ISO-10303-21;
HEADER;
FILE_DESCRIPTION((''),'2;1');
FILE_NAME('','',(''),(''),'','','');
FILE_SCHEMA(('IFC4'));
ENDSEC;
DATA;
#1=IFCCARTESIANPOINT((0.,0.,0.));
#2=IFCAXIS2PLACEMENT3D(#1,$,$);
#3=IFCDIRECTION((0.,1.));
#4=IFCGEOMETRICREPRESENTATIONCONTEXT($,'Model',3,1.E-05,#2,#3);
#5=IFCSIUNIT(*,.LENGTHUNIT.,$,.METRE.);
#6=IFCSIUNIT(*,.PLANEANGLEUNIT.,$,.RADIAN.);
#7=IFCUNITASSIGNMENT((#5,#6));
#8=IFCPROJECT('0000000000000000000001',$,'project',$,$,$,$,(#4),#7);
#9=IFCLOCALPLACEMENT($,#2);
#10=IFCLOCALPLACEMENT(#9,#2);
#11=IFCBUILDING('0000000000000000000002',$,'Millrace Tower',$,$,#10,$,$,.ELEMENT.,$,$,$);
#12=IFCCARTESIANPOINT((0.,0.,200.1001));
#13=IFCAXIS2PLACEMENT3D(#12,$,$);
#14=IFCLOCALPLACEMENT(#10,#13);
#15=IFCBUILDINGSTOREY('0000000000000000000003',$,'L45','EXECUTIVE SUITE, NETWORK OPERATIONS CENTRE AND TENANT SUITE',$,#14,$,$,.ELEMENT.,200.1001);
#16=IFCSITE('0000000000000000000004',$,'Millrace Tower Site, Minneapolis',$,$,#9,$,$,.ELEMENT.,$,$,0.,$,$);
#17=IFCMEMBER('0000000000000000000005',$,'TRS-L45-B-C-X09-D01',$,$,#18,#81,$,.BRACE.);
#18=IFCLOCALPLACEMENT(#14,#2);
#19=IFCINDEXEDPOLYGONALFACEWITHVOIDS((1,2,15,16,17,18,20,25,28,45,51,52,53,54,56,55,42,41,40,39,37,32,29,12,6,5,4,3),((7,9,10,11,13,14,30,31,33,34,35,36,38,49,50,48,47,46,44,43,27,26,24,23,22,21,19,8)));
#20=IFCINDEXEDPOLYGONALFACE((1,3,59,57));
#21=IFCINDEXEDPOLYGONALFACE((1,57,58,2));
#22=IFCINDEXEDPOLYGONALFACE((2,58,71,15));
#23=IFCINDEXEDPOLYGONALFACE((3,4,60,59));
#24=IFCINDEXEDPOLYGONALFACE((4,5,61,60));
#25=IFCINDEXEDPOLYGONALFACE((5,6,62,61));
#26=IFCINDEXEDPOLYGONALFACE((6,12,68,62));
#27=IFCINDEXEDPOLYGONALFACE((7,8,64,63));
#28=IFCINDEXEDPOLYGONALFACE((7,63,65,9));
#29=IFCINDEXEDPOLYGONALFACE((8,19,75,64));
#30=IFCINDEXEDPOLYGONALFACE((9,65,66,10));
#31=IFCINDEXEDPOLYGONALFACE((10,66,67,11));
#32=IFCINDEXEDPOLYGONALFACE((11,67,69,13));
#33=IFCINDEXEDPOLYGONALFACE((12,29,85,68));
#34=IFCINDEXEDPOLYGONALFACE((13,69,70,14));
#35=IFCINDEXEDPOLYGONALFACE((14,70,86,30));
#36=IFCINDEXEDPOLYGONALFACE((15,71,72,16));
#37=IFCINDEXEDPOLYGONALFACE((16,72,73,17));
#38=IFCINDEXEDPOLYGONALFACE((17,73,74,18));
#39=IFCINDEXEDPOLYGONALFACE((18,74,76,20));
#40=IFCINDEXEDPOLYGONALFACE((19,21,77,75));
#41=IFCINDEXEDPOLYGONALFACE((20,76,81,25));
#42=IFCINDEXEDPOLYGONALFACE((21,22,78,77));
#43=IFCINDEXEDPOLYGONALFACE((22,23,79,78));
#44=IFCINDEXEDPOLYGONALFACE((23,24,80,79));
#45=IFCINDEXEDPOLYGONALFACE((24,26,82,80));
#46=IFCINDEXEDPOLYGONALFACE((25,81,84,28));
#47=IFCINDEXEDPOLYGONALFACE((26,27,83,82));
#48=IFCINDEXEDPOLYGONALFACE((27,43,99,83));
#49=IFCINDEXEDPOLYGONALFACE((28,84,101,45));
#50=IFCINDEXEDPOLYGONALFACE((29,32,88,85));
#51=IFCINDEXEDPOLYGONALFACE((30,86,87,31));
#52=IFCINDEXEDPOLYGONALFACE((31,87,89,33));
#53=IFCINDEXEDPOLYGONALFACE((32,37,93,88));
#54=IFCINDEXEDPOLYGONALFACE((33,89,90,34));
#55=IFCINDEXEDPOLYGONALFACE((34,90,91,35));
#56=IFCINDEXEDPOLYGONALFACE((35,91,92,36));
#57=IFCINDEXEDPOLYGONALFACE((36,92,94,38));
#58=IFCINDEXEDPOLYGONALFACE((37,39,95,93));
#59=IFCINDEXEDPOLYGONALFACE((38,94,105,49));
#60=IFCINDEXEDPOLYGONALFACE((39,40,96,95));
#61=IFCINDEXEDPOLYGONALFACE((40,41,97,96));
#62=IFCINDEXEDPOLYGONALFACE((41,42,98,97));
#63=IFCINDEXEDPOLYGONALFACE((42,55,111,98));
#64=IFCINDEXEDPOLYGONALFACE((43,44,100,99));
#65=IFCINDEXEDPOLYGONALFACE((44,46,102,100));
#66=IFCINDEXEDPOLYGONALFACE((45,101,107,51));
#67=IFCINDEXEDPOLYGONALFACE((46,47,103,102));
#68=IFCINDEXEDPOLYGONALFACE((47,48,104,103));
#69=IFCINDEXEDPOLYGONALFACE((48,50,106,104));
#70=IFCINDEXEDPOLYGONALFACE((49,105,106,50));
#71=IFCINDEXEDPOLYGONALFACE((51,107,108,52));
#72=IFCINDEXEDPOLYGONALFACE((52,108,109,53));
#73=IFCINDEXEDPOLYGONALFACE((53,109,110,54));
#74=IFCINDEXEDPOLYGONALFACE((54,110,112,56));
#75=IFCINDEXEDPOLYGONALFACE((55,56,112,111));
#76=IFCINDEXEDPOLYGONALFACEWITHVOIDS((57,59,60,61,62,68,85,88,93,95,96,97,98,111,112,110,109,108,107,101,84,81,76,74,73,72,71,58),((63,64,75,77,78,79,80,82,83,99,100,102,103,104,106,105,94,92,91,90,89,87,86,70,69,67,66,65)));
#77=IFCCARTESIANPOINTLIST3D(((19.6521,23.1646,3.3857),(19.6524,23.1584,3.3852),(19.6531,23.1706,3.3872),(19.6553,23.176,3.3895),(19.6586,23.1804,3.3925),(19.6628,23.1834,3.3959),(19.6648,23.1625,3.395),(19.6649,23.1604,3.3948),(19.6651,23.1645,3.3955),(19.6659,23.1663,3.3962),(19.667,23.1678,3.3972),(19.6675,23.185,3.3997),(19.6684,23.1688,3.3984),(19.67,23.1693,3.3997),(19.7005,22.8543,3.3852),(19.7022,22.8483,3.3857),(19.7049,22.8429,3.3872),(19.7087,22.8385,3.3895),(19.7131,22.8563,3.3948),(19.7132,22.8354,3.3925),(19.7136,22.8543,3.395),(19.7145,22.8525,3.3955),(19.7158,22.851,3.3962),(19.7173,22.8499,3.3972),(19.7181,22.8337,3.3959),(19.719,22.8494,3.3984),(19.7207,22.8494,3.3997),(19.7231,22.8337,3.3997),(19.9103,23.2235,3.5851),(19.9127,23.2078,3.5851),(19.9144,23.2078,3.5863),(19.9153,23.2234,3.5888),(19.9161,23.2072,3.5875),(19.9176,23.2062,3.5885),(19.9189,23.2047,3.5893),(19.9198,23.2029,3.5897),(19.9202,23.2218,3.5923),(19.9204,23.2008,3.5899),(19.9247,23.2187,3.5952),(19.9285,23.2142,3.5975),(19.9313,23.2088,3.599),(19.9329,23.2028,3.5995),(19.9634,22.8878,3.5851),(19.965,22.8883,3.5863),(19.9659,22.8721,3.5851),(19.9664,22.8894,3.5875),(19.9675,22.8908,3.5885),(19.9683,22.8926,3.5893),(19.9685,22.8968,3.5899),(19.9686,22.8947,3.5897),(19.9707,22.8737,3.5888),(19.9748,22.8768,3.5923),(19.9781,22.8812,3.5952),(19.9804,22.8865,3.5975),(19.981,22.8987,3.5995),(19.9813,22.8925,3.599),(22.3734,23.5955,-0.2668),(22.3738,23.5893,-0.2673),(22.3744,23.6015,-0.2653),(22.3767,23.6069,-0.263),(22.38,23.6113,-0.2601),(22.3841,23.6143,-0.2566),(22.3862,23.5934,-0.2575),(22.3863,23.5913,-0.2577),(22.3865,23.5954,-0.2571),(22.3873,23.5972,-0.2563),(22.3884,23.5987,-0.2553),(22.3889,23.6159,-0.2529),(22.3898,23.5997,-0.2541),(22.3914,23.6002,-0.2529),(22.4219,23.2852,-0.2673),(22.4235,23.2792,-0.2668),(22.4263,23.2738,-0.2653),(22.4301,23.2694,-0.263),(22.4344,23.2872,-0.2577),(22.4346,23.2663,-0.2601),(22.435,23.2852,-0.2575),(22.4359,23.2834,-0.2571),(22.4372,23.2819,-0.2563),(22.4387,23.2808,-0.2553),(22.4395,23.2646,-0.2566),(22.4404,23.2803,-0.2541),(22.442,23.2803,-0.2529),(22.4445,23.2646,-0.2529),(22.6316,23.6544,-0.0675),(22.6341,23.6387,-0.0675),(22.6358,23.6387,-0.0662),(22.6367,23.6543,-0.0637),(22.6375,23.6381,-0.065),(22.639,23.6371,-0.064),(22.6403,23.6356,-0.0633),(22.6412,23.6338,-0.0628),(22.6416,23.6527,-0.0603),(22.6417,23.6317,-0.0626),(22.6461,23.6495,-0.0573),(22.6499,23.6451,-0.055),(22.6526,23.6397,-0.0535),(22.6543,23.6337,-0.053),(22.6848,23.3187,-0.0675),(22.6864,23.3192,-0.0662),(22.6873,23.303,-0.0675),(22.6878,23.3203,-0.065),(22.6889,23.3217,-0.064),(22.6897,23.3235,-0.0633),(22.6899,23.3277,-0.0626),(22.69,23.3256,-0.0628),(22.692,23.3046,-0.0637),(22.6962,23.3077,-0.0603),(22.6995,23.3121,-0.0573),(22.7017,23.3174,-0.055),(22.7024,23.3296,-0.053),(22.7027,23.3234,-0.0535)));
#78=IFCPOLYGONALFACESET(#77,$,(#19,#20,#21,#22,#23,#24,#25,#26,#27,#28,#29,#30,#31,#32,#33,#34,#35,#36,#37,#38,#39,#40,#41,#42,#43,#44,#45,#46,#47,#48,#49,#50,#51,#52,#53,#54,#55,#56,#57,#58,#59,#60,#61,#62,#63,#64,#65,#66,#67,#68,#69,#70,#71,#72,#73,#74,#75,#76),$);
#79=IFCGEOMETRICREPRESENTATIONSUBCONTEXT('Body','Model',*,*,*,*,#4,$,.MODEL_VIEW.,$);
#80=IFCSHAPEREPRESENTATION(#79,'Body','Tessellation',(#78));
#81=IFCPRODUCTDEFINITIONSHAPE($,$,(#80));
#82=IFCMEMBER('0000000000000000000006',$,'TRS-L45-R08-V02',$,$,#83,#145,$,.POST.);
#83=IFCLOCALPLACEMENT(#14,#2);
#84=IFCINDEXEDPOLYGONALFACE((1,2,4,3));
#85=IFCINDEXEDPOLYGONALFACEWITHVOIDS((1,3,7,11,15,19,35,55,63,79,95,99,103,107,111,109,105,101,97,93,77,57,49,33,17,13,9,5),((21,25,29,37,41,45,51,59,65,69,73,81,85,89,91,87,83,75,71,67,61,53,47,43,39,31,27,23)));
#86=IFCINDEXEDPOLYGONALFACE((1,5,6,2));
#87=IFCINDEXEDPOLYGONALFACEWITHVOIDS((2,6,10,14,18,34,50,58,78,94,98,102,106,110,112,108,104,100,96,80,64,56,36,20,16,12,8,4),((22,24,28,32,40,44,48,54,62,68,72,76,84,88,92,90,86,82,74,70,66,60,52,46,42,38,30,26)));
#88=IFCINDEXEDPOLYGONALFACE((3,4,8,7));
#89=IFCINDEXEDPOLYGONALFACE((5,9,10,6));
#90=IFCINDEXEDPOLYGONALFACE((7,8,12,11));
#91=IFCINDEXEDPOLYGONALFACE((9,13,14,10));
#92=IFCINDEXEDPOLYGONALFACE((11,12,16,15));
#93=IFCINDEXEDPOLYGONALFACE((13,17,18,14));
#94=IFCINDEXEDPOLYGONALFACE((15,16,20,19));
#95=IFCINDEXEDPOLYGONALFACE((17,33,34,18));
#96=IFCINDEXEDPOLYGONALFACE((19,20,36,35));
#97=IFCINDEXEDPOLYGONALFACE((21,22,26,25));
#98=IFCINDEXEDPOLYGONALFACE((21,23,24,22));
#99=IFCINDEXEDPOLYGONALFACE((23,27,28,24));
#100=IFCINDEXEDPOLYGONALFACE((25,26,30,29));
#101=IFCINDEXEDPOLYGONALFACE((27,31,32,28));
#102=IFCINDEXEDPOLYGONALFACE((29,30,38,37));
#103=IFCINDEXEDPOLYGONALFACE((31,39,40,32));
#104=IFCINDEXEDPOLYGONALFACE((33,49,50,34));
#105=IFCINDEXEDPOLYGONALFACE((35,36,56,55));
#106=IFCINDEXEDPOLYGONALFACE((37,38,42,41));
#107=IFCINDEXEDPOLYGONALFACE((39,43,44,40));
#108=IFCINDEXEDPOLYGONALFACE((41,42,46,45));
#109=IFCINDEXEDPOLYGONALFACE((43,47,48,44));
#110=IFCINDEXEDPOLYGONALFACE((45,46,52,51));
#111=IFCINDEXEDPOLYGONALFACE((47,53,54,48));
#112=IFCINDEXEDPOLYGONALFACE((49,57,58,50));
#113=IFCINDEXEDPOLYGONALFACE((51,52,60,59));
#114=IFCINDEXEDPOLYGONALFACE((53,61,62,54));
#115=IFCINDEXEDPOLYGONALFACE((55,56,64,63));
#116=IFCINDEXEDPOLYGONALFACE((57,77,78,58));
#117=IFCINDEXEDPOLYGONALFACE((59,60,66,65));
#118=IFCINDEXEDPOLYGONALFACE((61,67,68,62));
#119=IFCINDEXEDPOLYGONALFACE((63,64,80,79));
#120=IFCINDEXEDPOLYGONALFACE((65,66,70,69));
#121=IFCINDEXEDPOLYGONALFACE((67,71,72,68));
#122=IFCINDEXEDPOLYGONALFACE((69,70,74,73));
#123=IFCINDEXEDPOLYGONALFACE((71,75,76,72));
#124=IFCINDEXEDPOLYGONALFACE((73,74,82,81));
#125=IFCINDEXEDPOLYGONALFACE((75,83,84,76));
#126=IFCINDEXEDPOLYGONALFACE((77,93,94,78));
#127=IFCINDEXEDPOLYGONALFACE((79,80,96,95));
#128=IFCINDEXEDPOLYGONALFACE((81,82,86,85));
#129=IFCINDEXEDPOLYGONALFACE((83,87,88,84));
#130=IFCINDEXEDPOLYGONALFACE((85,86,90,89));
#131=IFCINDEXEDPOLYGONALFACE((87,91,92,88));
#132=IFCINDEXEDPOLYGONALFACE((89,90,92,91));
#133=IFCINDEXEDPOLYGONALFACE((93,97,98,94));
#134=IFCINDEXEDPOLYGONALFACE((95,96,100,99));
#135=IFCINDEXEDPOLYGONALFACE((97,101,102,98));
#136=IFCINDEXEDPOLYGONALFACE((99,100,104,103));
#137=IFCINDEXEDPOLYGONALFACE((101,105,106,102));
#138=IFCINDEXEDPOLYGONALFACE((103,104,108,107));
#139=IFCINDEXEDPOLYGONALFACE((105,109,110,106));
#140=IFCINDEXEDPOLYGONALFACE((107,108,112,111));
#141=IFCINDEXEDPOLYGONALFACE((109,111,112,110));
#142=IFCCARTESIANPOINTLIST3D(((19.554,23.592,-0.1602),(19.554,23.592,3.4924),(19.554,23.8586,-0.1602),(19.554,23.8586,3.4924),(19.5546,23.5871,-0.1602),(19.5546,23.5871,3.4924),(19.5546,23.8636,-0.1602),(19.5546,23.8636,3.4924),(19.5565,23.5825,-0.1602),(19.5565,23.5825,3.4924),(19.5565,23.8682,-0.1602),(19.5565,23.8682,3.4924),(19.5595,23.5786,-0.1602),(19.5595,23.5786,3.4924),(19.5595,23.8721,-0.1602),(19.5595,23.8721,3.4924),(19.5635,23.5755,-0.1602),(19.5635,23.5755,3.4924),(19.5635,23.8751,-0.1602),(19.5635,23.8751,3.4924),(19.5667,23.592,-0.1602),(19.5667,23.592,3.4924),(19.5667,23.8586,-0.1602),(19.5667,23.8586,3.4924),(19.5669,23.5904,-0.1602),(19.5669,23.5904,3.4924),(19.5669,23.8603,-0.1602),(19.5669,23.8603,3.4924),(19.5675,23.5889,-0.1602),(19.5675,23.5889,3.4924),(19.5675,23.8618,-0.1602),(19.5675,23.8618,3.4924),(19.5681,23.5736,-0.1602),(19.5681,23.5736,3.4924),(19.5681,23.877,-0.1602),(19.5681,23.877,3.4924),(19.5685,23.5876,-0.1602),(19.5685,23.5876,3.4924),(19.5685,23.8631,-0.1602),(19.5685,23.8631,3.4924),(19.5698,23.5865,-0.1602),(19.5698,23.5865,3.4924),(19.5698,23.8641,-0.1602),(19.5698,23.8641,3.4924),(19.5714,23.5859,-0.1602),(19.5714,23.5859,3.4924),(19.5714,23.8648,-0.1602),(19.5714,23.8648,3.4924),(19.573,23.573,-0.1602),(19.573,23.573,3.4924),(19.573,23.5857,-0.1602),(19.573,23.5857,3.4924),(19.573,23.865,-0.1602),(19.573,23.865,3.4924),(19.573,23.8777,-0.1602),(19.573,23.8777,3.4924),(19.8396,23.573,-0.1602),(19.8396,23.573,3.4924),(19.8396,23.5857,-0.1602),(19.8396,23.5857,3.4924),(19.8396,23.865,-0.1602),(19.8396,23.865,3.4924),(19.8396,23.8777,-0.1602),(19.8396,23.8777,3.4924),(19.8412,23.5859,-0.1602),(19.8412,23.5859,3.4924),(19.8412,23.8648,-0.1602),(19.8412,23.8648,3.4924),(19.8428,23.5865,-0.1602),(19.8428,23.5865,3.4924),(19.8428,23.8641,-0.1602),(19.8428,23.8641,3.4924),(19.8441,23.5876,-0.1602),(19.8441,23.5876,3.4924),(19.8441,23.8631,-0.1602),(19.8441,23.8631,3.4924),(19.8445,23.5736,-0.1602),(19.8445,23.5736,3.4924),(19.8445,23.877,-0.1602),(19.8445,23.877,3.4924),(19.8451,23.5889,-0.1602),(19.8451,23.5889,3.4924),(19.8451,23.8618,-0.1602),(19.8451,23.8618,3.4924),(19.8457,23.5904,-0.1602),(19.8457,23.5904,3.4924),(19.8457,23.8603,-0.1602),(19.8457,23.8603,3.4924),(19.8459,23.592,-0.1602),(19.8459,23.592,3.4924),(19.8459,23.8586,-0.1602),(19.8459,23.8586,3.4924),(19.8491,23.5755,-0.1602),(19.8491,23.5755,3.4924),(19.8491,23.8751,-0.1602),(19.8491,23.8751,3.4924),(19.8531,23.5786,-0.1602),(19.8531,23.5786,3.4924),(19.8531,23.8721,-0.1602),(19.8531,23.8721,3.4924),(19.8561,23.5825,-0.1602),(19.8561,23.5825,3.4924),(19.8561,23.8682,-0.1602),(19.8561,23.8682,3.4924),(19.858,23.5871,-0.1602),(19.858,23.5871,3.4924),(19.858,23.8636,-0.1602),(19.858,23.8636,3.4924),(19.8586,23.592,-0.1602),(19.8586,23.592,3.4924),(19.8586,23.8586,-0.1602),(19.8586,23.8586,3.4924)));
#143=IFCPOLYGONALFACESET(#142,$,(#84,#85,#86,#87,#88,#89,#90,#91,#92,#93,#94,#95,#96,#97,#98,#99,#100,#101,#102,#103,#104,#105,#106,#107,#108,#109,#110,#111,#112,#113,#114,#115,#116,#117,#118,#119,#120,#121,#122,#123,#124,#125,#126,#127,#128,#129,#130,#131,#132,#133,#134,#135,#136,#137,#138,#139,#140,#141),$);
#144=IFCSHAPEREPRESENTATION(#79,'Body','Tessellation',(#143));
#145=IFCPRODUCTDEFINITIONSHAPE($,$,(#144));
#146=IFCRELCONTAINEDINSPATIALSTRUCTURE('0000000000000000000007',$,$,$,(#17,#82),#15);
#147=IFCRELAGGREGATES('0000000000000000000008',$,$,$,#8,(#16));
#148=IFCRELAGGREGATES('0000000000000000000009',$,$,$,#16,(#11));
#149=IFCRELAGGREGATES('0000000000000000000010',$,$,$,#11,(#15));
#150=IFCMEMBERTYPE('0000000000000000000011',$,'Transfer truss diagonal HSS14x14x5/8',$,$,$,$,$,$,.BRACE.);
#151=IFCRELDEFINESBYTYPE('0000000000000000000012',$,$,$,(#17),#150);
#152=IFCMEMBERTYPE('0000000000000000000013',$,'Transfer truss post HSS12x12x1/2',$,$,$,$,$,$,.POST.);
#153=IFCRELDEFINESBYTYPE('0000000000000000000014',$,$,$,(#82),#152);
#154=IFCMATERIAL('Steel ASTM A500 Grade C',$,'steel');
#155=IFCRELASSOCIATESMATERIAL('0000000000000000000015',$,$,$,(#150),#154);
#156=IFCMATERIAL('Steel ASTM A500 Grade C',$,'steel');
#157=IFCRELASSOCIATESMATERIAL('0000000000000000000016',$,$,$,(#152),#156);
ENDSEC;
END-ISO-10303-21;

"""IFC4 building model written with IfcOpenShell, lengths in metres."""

from ifc_helpers import new_model, si_unit, direction, frame, origin, origin_2d, place, context, subcontext, project, spatial, hollow_rectangle, extrude, material, material_profile, profile_set, type_object, element, save


model = new_model("IFC4")

# Units and contexts
model_context = context("Model", 3, precision=1e-05, world=origin(), true_north=direction((0.0, 1.0)))
body_context = subcontext(model_context, "Body", "Model", "MODEL_VIEW")
ifc_project = project(units=[si_unit("LENGTHUNIT", "METRE"), si_unit("PLANEANGLEUNIT", "RADIAN")], contexts=[model_context])

# Site, building, storey
site_placement = place(None, origin())
site = spatial("IfcSite", under=ifc_project, at=site_placement, Name="Millrace Tower Site, Minneapolis", CompositionType="ELEMENT", RefElevation=0.0)
building_placement = place(site_placement, origin())
building = spatial("IfcBuilding", under=site, at=building_placement, Name="Millrace Tower", CompositionType="ELEMENT")
storey_placement = place(building_placement, frame((0.0, 0.0, 200.1001)))
storey = spatial("IfcBuildingStorey", under=building, at=storey_placement, Name="L45", Description="EXECUTIVE SUITE, NETWORK OPERATIONS CENTRE AND TENANT SUITE", CompositionType="ELEMENT", Elevation=200.1001)

# Members
ifc_material_1 = material(Name="Steel ASTM A500 Grade C", Category="steel")
ifc_material_profile_1 = material_profile(ifc_material_1, hollow_rectangle(XDim=0.3557, YDim=0.3557, WallThickness=0.0159, InnerFilletRadius=0.0081, OuterFilletRadius=0.0239, at=origin_2d()))
ifc_profile_set_1 = profile_set([ifc_material_profile_1], Name="Steel ASTM A500 Grade C")
member_type_1 = type_object("IfcMemberType", Name="Transfer truss diagonal HSS14x14x5/8", PredefinedType="BRACE", material=ifc_profile_set_1)
member_1_placement = place(storey_placement, frame((22.5381, 23.4595, -0.1602), z_axis=(-0.594811, -0.094182, 0.798329), x_axis=(0.15639, -0.987695, 0.0)))
element("IfcMember", 1, at=member_1_placement, inside=storey, type_object=member_type_1, Name="TRS-L45-B-C-X09-D01", PredefinedType="BRACE", context=body_context, shape_type="SweptSolid", body=[
    extrude(hollow_rectangle(XDim=0.3557, YDim=0.3557, WallThickness=0.0159, InnerFilletRadius=0.0081, OuterFilletRadius=0.0239, at=origin_2d()), origin(), (0.0, 0.0, 1.0), 4.5752),
])
ifc_material_2 = material(Name="Steel ASTM A500 Grade C", Category="steel")
ifc_material_profile_2 = material_profile(ifc_material_2, hollow_rectangle(XDim=0.3047, YDim=0.3047, WallThickness=0.0127, InnerFilletRadius=0.0063, OuterFilletRadius=0.019, at=origin_2d()))
ifc_profile_set_2 = profile_set([ifc_material_profile_2], Name="Steel ASTM A500 Grade C")
member_type_2 = type_object("IfcMemberType", Name="Transfer truss post HSS12x12x1/2", PredefinedType="POST", material=ifc_profile_set_2)
for number, where, z_axis, x_axis, name in (
    (2, (19.7063, 23.7253, -0.1602), (0.0, 0.0, 1.0), (1.0, 0.0, 0.0), "TRS-L45-R08-V02"),
):
    element("IfcMember", number, at=place(storey_placement, frame(where, z_axis=z_axis, x_axis=x_axis)), inside=storey, type_object=member_type_2, Name=name, PredefinedType="POST", context=body_context, shape_type="SweptSolid", body=[
        extrude(hollow_rectangle(XDim=0.3047, YDim=0.3047, WallThickness=0.0127, InnerFilletRadius=0.0063, OuterFilletRadius=0.019, at=origin_2d()), origin(), (0.0, 0.0, 1.0), 3.6526),
    ])

save(model, "model.ifc")
